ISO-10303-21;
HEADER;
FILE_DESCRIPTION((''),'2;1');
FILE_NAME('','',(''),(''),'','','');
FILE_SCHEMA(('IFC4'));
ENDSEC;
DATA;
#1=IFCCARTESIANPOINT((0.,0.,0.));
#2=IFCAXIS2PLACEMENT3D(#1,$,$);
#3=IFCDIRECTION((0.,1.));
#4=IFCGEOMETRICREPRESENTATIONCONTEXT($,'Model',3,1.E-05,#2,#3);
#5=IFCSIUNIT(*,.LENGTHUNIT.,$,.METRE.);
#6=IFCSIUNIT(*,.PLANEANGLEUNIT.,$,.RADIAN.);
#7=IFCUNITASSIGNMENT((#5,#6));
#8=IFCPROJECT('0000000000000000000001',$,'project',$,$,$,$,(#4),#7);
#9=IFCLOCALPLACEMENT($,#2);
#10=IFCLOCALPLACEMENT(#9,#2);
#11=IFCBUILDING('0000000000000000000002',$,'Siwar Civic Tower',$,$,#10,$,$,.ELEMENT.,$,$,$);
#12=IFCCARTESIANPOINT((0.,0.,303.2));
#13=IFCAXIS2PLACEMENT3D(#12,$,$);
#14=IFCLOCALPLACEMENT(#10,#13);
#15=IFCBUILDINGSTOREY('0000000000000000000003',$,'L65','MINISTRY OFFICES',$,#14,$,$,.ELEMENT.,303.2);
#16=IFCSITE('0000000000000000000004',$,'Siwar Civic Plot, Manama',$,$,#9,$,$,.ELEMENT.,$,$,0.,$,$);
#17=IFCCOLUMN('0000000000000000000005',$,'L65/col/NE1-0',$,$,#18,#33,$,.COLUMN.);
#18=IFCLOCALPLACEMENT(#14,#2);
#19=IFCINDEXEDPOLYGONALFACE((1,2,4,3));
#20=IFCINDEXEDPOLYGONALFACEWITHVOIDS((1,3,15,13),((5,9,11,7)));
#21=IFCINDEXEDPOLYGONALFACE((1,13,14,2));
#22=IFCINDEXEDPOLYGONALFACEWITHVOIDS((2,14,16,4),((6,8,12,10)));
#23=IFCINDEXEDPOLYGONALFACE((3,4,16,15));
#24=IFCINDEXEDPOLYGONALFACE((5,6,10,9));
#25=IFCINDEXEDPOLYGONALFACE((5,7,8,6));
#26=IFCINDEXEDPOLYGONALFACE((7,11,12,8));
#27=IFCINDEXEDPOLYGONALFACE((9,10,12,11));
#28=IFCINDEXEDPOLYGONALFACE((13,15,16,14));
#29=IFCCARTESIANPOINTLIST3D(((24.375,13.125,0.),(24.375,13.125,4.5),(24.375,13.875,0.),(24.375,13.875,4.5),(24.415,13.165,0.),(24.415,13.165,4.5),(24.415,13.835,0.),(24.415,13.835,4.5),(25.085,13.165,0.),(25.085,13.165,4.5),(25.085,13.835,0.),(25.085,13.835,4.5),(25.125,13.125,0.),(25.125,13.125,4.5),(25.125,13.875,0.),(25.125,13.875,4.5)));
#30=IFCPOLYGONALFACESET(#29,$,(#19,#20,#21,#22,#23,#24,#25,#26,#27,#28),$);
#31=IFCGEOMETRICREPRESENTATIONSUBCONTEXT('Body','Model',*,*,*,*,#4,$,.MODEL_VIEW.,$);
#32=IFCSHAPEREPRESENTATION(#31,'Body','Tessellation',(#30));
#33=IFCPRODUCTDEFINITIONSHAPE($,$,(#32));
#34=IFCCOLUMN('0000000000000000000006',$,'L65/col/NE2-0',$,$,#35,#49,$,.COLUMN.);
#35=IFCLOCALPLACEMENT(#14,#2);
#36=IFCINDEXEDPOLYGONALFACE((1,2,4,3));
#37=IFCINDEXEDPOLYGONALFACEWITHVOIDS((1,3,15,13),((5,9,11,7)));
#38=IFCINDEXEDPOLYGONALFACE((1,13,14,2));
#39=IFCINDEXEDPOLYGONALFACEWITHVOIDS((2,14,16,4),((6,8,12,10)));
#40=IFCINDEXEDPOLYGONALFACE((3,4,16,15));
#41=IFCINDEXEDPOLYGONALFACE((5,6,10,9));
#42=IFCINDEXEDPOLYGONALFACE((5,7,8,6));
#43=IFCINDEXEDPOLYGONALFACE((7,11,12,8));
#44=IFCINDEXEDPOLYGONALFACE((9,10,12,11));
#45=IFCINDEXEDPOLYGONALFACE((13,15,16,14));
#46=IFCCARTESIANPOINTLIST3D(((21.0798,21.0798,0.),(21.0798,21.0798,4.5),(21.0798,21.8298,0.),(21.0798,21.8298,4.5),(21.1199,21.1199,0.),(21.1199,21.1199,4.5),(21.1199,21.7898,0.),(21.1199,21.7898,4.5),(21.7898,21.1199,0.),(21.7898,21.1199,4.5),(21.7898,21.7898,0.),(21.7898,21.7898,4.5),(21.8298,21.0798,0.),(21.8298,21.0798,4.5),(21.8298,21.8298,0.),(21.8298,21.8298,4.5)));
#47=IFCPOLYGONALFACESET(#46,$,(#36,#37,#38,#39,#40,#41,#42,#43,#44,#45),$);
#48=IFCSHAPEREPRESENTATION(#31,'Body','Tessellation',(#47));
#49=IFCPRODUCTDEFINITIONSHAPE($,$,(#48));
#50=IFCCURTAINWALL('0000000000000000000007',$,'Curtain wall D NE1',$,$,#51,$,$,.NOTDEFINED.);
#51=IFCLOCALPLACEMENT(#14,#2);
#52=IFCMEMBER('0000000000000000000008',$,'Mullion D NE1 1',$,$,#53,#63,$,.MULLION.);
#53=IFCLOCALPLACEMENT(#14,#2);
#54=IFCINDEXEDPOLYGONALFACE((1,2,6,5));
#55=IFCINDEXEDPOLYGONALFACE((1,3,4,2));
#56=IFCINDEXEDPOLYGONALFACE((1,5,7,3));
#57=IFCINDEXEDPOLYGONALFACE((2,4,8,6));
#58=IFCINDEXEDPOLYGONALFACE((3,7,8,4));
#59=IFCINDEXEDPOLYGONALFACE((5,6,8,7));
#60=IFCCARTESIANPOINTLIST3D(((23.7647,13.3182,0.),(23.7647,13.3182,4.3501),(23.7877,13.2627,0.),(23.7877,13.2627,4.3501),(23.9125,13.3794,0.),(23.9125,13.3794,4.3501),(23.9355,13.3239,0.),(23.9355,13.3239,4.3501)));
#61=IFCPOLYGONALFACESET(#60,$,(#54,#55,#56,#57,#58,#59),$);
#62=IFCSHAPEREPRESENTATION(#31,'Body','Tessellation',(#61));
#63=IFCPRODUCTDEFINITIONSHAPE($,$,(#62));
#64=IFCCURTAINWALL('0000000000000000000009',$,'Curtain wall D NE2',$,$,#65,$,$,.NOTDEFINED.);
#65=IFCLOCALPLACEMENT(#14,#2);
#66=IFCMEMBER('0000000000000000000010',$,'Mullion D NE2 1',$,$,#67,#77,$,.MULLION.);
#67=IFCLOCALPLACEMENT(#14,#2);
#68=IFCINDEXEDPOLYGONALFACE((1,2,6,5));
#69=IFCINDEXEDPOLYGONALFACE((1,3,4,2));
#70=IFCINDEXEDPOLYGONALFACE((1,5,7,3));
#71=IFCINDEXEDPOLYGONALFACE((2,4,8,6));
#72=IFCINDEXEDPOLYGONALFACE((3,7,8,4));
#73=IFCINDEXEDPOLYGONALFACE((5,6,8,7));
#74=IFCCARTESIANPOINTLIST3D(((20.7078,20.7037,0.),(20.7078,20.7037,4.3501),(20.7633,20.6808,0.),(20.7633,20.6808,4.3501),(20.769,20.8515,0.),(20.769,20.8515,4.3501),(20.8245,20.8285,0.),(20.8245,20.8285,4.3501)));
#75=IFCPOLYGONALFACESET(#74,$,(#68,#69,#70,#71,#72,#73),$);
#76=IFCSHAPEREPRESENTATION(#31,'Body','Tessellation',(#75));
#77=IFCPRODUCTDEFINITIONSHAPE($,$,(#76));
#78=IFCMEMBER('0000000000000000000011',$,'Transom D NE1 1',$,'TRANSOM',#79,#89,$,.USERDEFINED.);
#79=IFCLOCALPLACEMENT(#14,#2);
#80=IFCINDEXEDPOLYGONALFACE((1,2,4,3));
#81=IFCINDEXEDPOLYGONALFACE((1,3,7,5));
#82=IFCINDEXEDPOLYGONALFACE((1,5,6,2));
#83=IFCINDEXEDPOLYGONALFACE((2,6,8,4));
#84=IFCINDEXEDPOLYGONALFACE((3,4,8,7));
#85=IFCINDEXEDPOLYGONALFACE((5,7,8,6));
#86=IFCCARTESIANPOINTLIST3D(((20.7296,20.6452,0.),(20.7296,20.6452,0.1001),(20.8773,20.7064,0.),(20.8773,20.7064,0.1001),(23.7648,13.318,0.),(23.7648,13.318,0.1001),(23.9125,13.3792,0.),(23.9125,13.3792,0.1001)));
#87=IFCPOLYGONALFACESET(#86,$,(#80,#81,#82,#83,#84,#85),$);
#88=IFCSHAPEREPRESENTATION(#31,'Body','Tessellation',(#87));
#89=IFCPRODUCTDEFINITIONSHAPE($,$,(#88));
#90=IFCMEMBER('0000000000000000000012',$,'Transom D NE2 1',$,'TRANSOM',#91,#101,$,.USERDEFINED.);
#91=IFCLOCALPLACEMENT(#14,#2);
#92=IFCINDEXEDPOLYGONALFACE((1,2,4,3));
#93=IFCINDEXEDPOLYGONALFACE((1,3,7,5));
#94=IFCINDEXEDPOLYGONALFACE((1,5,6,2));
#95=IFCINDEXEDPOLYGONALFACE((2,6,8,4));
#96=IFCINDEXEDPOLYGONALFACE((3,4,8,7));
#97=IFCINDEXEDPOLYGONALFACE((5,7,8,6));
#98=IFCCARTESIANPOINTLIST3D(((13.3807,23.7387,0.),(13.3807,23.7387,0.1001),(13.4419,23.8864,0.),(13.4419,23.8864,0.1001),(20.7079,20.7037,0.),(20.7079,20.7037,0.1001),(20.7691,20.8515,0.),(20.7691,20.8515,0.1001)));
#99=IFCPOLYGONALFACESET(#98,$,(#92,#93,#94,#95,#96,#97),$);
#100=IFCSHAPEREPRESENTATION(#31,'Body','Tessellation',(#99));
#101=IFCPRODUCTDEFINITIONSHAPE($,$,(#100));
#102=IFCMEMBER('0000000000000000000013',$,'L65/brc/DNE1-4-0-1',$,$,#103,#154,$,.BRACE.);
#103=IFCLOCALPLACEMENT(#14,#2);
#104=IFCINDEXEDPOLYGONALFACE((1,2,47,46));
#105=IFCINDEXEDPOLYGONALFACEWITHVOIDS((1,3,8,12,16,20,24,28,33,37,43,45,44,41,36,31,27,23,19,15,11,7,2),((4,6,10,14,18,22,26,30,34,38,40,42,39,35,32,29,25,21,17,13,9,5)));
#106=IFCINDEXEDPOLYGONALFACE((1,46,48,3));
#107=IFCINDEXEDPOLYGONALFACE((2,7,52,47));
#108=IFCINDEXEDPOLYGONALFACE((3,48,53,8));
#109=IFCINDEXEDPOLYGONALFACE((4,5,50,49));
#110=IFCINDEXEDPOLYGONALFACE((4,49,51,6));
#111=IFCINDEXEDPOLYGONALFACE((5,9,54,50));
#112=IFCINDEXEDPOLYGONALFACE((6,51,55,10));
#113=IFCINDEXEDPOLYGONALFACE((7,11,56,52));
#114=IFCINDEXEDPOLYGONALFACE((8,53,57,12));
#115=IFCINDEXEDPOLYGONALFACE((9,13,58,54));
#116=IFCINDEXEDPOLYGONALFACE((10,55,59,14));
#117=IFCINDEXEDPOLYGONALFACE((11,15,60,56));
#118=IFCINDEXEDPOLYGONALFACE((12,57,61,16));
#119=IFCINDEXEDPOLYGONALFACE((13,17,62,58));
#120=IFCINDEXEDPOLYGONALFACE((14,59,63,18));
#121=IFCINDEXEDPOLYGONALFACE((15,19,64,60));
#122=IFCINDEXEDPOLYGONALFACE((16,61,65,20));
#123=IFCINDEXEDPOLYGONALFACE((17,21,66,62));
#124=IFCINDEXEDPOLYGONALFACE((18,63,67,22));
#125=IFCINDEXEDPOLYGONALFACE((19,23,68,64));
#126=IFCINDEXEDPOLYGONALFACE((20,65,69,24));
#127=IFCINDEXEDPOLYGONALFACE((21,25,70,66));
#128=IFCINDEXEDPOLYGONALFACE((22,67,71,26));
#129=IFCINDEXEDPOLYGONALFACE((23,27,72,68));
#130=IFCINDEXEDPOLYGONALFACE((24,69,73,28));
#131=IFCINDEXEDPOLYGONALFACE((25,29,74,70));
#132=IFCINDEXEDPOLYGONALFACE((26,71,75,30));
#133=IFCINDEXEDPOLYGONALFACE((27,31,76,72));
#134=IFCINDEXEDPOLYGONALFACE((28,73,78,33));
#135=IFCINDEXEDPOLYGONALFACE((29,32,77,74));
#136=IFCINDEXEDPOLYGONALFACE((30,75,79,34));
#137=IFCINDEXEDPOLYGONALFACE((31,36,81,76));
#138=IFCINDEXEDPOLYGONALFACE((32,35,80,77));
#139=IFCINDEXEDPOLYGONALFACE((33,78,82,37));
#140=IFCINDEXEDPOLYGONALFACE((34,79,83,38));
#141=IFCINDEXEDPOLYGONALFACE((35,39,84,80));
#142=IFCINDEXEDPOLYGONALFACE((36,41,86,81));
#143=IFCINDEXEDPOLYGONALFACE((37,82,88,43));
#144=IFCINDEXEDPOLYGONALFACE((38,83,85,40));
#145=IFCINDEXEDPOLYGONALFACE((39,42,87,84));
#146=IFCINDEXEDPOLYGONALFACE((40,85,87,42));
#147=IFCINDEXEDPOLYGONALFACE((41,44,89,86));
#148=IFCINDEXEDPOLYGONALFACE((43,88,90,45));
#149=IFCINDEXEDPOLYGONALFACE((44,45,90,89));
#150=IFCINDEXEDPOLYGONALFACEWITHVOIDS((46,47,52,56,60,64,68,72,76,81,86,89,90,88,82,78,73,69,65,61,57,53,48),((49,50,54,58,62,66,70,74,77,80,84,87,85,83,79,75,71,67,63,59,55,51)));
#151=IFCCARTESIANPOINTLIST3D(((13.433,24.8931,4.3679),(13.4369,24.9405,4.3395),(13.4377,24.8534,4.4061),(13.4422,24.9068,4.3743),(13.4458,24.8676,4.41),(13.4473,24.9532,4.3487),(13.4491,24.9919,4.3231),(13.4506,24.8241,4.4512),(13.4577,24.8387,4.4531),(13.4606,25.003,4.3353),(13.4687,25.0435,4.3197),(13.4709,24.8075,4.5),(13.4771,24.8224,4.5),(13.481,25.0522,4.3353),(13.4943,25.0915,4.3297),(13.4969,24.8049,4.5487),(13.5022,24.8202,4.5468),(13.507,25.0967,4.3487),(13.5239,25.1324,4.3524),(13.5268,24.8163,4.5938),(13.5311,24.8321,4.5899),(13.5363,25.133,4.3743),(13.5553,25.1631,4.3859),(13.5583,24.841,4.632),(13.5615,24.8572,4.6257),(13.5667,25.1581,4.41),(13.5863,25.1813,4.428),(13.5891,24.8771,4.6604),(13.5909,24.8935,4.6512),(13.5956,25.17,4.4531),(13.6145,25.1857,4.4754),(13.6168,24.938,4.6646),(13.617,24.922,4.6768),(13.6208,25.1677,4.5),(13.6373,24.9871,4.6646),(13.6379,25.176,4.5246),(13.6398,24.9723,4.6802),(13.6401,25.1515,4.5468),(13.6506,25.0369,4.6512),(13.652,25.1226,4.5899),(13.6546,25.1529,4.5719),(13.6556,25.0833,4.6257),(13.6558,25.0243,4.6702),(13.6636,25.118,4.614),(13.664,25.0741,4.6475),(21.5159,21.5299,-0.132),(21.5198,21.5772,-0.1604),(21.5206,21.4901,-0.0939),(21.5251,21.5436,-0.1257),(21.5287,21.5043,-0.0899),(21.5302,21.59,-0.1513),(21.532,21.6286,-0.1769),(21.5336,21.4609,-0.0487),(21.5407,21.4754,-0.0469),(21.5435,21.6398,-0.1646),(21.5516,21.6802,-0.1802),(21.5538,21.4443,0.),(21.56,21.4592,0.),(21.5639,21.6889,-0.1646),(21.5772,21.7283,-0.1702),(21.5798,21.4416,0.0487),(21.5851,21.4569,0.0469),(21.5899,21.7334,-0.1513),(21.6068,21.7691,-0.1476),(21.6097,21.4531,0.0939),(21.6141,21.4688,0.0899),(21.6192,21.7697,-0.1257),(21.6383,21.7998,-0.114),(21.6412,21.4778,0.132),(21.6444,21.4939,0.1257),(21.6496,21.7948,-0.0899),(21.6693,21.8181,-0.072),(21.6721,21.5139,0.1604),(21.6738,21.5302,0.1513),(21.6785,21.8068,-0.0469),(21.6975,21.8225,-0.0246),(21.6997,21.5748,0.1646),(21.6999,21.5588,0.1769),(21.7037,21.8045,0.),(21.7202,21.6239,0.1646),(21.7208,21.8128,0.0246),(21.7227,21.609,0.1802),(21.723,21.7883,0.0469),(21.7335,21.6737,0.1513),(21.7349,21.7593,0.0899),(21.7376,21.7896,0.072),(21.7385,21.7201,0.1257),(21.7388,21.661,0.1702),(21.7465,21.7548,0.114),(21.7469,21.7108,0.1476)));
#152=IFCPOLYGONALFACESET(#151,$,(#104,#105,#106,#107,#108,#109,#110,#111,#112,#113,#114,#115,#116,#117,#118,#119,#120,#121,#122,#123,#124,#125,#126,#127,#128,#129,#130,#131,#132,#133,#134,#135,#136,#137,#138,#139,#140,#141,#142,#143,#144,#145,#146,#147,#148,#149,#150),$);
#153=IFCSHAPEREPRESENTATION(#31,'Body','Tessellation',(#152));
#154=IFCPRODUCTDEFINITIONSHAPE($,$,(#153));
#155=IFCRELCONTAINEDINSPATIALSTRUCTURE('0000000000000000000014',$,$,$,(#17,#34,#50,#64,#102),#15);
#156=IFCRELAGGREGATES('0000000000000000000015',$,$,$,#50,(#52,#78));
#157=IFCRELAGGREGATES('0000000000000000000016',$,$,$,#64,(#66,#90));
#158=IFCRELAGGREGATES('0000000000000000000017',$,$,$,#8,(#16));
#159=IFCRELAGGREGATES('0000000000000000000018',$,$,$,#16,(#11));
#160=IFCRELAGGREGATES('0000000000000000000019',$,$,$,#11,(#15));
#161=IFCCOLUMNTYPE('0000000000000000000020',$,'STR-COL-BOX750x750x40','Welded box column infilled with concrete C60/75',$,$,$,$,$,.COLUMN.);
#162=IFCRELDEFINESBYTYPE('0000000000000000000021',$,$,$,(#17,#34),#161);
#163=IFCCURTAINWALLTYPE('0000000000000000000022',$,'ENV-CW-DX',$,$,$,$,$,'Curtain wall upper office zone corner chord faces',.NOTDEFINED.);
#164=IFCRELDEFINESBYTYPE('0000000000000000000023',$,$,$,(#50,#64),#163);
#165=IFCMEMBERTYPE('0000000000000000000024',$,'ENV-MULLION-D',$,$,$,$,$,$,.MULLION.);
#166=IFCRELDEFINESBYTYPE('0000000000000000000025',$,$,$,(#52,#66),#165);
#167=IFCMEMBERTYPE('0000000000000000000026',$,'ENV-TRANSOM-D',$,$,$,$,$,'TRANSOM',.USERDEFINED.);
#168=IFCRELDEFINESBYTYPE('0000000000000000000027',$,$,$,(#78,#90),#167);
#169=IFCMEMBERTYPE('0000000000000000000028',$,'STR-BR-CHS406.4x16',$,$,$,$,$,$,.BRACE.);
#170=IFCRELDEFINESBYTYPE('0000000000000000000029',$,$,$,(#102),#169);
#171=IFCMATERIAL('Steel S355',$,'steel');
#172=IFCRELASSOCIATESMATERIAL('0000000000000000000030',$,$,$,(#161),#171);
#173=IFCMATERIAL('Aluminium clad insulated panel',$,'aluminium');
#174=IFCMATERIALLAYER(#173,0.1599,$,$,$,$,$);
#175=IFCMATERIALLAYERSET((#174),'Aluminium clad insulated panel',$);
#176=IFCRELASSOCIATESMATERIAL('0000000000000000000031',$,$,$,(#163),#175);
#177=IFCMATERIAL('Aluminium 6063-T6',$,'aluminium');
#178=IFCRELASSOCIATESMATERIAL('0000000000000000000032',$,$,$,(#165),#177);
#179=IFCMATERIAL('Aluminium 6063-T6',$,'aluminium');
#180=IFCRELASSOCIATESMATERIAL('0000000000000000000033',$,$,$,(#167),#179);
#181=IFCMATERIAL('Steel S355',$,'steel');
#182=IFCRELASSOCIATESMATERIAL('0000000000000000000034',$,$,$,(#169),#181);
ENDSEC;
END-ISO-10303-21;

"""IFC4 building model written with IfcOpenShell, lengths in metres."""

from ifc_helpers import new_model, si_unit, direction, frame, origin, origin_2d, place, context, subcontext, project, spatial, rectangle, hollow_rectangle, hollow_circle, extrude, material, layer, layer_set, material_profile, profile_set, type_object, element, aggregate, save


model = new_model("IFC4")

# Units and contexts
model_context = context("Model", 3, precision=1e-05, world=origin(), true_north=direction((0.0, 1.0)))
body_context = subcontext(model_context, "Body", "Model", "MODEL_VIEW")
ifc_project = project(units=[si_unit("LENGTHUNIT", "METRE"), si_unit("PLANEANGLEUNIT", "RADIAN")], contexts=[model_context])

# Site, building, storey
site_placement = place(None, origin())
site = spatial("IfcSite", under=ifc_project, at=site_placement, Name="Siwar Civic Plot, Manama", CompositionType="ELEMENT", RefElevation=0.0)
building_placement = place(site_placement, origin())
building = spatial("IfcBuilding", under=site, at=building_placement, Name="Siwar Civic Tower", CompositionType="ELEMENT")
storey_placement = place(building_placement, frame((0.0, 0.0, 303.2)))
storey = spatial("IfcBuildingStorey", under=building, at=storey_placement, Name="L65", Description="MINISTRY OFFICES", CompositionType="ELEMENT", Elevation=303.2)

# Columns
ifc_material_1 = material(Name="Steel S355", Category="steel")
ifc_material_profile_1 = material_profile(ifc_material_1, hollow_rectangle(XDim=0.75, YDim=0.75, WallThickness=0.04, at=origin_2d()), Name="BOX750x750x40")
ifc_profile_set_1 = profile_set([ifc_material_profile_1], Name="Steel S355")
column_type = type_object("IfcColumnType", Name="STR-COL-BOX750x750x40", Description="Welded box column infilled with concrete C60/75", PredefinedType="COLUMN", material=ifc_profile_set_1)
for number, where, z_axis, x_axis, name in (
    (1, (24.75, 13.5, 0.0), (0.0, 0.0, 1.0), (1.0, 0.0, 0.0), "L65/col/NE1-0"),
    (2, (21.4548, 21.4548, 0.0), (0.0, 0.0, 1.0), (1.0, 0.0, 0.0), "L65/col/NE2-0"),
):
    element("IfcColumn", number, at=place(storey_placement, frame(where, z_axis=z_axis, x_axis=x_axis)), inside=storey, type_object=column_type, Name=name, PredefinedType="COLUMN", context=body_context, shape_type="SweptSolid", body=[
        extrude(hollow_rectangle(XDim=0.75, YDim=0.75, WallThickness=0.04, at=origin_2d()), origin(), (0.0, 0.0, 1.0), 4.5),
    ])

# Curtain walls, members
ifc_material_2 = material(Name="Aluminium clad insulated panel", Category="aluminium")
ifc_layer_1 = layer(ifc_material_2, 0.1599)
ifc_layer_set_1 = layer_set([ifc_layer_1], Name="Aluminium clad insulated panel")
curtain_wall_type = type_object("IfcCurtainWallType", Name="ENV-CW-DX", ElementType="Curtain wall upper office zone corner chord faces", PredefinedType="NOTDEFINED", material=ifc_layer_set_1)
curtain_wall_1_placement = place(storey_placement, origin())
curtain_wall_1 = element("IfcCurtainWall", 3, at=curtain_wall_1_placement, inside=storey, type_object=curtain_wall_type, Name="Curtain wall D NE1", PredefinedType="NOTDEFINED")
ifc_material_3 = material(Name="Aluminium 6063-T6", Category="aluminium")
ifc_material_profile_2 = material_profile(ifc_material_3, rectangle(XDim=0.1599, YDim=0.0601, at=origin_2d()), Name="AL 160x60")
ifc_profile_set_2 = profile_set([ifc_material_profile_2], Name="Aluminium 6063-T6")
member_type_1 = type_object("IfcMemberType", Name="ENV-MULLION-D", PredefinedType="MULLION", material=ifc_profile_set_2)
member_1_placement = place(storey_placement, frame((23.8501, 13.321, 0.0), z_axis=(0.0, 0.0, 1.0), x_axis=(-0.92388, -0.382683, 0.0)))
member_1 = element("IfcMember", 4, at=member_1_placement, type_object=member_type_1, Name="Mullion D NE1 1", PredefinedType="MULLION", context=body_context, shape_type="SweptSolid", body=[
    extrude(rectangle(XDim=0.1599, YDim=0.0601, at=origin_2d()), origin(), (0.0, 0.0, 1.0), 4.3501),
])
curtain_wall_2_placement = place(storey_placement, origin())
curtain_wall_2 = element("IfcCurtainWall", 5, at=curtain_wall_2_placement, inside=storey, type_object=curtain_wall_type, Name="Curtain wall D NE2", PredefinedType="NOTDEFINED")
member_2_placement = place(storey_placement, frame((20.7661, 20.7661, 0.0), z_axis=(0.0, 0.0, 1.0), x_axis=(-0.382683, -0.92388, 0.0)))
member_2 = element("IfcMember", 6, at=member_2_placement, type_object=member_type_1, Name="Mullion D NE2 1", PredefinedType="MULLION", context=body_context, shape_type="SweptSolid", body=[
    extrude(rectangle(XDim=0.1599, YDim=0.0601, at=origin_2d()), origin(), (0.0, 0.0, 1.0), 4.3501),
])

# Members
ifc_material_4 = material(Name="Aluminium 6063-T6", Category="aluminium")
ifc_material_profile_3 = material_profile(ifc_material_4, rectangle(XDim=0.1599, YDim=0.1001, at=origin_2d()), Name="AL 160x100")
ifc_profile_set_3 = profile_set([ifc_material_profile_3], Name="Aluminium 6063-T6")
member_type_2 = type_object("IfcMemberType", Name="ENV-TRANSOM-D", ElementType="TRANSOM", PredefinedType="USERDEFINED", material=ifc_profile_set_3)
member_3_placement = place(storey_placement, frame((23.8386, 13.3486, 0.05), z_axis=(-0.3827, 0.923873, 0.0), x_axis=(-0.923873, -0.3827, 0.0)))
member_3 = element("IfcMember", 7, at=member_3_placement, type_object=member_type_2, Name="Transom D NE1 1", ObjectType="TRANSOM", PredefinedType="USERDEFINED", context=body_context, shape_type="SweptSolid", body=[
    extrude(rectangle(XDim=0.1599, YDim=0.1001, at=origin_2d()), origin(), (0.0, 0.0, 1.0), 7.9309),
])
member_4_placement = place(storey_placement, frame((20.7385, 20.7776, 0.05), z_axis=(-0.923884, 0.382674, 0.0), x_axis=(-0.382674, -0.923884, 0.0)))
member_4 = element("IfcMember", 8, at=member_4_placement, type_object=member_type_2, Name="Transom D NE2 1", ObjectType="TRANSOM", PredefinedType="USERDEFINED", context=body_context, shape_type="SweptSolid", body=[
    extrude(rectangle(XDim=0.1599, YDim=0.1001, at=origin_2d()), origin(), (0.0, 0.0, 1.0), 7.9309),
])

# Member
ifc_material_5 = material(Name="Steel S355", Category="steel")
ifc_material_profile_4 = material_profile(ifc_material_5, hollow_circle(Radius=0.2031, WallThickness=0.0161, at=origin_2d()), Name="CHS406.4x16")
ifc_profile_set_4 = profile_set([ifc_material_profile_4], Name="Steel S355")
member_type_3 = type_object("IfcMemberType", Name="STR-BR-CHS406.4x16", PredefinedType="BRACE", material=ifc_profile_set_4)
member_5_placement = place(storey_placement, frame((21.6318, 21.6318, 0.0), z_axis=(-0.821143, 0.341671, 0.457149), x_axis=(-0.384164, -0.923265, 0.0)))
element("IfcMember", 9, at=member_5_placement, inside=storey, type_object=member_type_3, Name="L65/brc/DNE1-4-0-1", PredefinedType="BRACE", context=body_context, shape_type="SweptSolid", body=[
    extrude(hollow_circle(Radius=0.2031, WallThickness=0.0161, at=origin_2d()), origin(), (0.0, 0.0, 1.0), 9.8435),
])

aggregate(curtain_wall_1, [member_1, member_3])
aggregate(curtain_wall_2, [member_2, member_4])

save(model, "model.ifc")
